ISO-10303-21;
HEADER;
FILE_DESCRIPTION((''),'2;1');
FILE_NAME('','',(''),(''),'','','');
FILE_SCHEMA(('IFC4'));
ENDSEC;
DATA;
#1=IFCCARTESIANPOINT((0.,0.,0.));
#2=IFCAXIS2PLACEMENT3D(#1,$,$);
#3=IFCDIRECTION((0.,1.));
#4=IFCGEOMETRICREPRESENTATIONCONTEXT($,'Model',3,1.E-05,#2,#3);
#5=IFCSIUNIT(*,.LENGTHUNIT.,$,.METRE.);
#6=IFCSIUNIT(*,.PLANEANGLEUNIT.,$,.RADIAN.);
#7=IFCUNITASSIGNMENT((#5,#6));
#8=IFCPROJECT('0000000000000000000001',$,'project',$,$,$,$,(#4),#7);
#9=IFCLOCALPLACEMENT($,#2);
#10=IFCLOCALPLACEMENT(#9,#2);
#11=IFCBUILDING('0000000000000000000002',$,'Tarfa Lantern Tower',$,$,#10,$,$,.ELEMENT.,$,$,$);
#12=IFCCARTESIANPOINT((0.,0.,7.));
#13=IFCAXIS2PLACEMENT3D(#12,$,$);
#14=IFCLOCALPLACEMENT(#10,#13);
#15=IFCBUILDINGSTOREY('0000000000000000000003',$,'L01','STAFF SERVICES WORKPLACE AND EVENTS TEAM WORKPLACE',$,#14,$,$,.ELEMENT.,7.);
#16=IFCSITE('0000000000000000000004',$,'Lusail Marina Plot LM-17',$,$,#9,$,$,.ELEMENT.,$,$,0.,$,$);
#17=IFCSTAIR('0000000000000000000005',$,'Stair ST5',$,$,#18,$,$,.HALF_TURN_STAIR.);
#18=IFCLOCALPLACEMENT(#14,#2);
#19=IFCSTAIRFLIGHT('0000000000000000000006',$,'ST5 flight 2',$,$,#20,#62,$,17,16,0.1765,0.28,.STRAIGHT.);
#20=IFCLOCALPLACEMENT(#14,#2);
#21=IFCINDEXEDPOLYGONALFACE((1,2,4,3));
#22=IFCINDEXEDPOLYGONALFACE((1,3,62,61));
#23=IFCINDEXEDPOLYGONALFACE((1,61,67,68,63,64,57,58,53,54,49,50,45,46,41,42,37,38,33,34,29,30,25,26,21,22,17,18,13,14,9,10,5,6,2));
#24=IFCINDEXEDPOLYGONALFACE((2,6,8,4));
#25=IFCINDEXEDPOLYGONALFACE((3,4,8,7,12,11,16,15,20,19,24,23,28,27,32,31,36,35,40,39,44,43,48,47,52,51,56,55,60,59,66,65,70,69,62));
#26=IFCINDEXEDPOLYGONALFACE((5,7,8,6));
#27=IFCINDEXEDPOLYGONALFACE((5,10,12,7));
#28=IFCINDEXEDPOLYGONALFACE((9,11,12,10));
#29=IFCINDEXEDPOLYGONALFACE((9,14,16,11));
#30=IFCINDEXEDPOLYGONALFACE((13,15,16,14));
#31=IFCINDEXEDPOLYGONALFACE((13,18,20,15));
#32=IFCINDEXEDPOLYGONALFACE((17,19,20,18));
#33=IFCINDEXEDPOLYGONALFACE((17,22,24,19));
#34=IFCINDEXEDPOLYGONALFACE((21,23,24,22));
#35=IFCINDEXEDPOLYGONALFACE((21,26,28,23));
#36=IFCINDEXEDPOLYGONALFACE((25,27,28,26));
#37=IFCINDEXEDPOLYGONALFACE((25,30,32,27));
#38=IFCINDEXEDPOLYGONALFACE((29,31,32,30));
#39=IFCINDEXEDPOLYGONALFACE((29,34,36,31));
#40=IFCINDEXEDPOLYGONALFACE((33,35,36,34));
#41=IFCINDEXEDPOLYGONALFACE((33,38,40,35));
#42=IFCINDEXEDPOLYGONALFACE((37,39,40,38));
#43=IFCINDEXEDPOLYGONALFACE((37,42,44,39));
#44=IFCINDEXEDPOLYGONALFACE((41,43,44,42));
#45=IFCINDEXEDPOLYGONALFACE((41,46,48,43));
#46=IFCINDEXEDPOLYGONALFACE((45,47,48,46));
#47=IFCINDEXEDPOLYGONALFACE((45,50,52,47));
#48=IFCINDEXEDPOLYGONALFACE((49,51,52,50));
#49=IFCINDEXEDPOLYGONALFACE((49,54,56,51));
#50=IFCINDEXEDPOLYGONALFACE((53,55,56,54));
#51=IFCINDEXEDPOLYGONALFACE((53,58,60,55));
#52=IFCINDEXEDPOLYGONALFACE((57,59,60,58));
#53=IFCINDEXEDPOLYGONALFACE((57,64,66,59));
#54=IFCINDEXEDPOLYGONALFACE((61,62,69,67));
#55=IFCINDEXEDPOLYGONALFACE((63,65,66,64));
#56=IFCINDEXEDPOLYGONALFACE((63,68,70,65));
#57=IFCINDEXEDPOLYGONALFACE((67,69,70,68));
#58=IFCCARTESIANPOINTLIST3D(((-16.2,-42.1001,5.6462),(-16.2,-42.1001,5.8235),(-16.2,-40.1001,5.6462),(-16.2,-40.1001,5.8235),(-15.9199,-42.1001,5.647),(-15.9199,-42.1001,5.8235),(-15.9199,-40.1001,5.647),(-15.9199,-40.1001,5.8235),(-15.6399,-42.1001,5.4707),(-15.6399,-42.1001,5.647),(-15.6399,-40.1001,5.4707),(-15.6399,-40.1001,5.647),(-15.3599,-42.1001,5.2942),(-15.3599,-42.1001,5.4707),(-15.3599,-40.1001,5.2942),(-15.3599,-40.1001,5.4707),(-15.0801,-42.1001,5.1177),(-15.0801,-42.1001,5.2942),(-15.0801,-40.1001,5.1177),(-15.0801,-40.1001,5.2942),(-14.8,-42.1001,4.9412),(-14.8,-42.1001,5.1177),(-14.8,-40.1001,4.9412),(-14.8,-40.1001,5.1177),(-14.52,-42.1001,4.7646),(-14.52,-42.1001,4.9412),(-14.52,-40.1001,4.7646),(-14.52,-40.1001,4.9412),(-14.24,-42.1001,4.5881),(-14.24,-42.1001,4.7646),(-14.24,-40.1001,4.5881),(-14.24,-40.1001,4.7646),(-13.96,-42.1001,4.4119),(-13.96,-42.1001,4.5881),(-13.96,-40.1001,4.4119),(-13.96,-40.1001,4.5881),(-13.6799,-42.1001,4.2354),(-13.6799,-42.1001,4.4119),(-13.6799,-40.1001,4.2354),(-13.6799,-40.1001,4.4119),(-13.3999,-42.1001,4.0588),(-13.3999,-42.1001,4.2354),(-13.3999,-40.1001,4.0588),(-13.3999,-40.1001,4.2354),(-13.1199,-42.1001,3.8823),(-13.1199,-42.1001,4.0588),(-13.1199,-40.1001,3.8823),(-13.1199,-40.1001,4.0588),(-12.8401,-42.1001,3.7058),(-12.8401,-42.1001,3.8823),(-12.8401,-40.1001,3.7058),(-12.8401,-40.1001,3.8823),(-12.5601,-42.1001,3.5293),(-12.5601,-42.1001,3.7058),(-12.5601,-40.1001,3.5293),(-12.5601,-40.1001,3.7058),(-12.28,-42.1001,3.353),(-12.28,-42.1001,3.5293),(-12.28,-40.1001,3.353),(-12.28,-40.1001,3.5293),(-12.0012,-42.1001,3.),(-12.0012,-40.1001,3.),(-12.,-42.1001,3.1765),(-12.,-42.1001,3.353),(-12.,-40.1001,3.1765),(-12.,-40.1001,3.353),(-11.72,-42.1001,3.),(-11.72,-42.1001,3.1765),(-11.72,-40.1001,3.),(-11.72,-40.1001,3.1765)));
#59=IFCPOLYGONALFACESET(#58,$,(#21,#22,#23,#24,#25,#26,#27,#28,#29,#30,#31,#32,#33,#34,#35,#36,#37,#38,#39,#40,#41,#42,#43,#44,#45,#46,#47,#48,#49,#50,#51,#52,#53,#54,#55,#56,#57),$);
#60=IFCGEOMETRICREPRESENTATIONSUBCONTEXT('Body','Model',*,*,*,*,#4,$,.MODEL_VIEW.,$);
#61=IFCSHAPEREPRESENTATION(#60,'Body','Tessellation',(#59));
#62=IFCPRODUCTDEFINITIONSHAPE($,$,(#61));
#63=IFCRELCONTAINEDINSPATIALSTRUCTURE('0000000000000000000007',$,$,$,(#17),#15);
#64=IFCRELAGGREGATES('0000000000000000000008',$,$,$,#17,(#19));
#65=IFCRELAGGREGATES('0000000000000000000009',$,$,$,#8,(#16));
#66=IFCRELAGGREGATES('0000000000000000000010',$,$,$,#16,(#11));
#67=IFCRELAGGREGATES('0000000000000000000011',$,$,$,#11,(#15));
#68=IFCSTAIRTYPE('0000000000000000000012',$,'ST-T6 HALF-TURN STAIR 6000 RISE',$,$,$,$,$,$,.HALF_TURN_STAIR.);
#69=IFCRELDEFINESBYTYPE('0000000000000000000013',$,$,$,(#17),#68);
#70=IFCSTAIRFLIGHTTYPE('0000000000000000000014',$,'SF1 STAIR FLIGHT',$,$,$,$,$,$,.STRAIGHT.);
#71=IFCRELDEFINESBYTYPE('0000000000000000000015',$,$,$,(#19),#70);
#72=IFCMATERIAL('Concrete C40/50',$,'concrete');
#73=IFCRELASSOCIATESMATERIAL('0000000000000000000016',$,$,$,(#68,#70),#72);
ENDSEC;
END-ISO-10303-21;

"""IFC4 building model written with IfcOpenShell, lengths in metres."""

from ifc_helpers import new_model, si_unit, direction, frame, origin, place, context, subcontext, project, spatial, polyline, outline, extrude, material, type_object, element, aggregate, save


model = new_model("IFC4")

# Units and contexts
model_context = context("Model", 3, precision=1e-05, world=origin(), true_north=direction((0.0, 1.0)))
body_context = subcontext(model_context, "Body", "Model", "MODEL_VIEW")
ifc_project = project(units=[si_unit("LENGTHUNIT", "METRE"), si_unit("PLANEANGLEUNIT", "RADIAN")], contexts=[model_context])

# Site, building, storey
site_placement = place(None, origin())
site = spatial("IfcSite", under=ifc_project, at=site_placement, Name="Lusail Marina Plot LM-17", CompositionType="ELEMENT", RefElevation=0.0)
building_placement = place(site_placement, origin())
building = spatial("IfcBuilding", under=site, at=building_placement, Name="Tarfa Lantern Tower", CompositionType="ELEMENT")
storey_placement = place(building_placement, frame((0.0, 0.0, 7.0)))
storey = spatial("IfcBuildingStorey", under=building, at=storey_placement, Name="L01", Description="STAFF SERVICES WORKPLACE AND EVENTS TEAM WORKPLACE", CompositionType="ELEMENT", Elevation=7.0)

# Stair, stair flight
ifc_material_1 = material(Name="Concrete C40/50", Category="concrete")
stair_type = type_object("IfcStairType", Name="ST-T6 HALF-TURN STAIR 6000 RISE", PredefinedType="HALF_TURN_STAIR", material=ifc_material_1)
stair_placement = place(storey_placement, origin())
stair = element("IfcStair", 1, at=stair_placement, inside=storey, type_object=stair_type, Name="Stair ST5", PredefinedType="HALF_TURN_STAIR")
stair_flight_type = type_object("IfcStairFlightType", Name="SF1 STAIR FLIGHT", PredefinedType="STRAIGHT", material=ifc_material_1)
stair_flight_1_placement = place(storey_placement, frame((-11.72, -41.1001, 3.0), z_axis=(0.0, 0.0, 1.0), x_axis=(-1.0, 0.0, 0.0)))
stair_flight_1 = element("IfcStairFlight", 2, at=stair_flight_1_placement, type_object=stair_flight_type, Name="ST5 flight 2", NumberOfRisers=17, NumberOfTreads=16, PredefinedType="STRAIGHT", RiserHeight=0.1765, TreadLength=0.28, context=body_context, shape_type="SweptSolid", body=[
    extrude(outline(polyline([(0.0, 0.0), (0.0, 0.1765), (0.28, 0.1765), (0.28, 0.353), (0.5601, 0.353), (0.5601, 0.5293), (0.8401, 0.5293), (0.8401, 0.7058), (1.1201, 0.7058), (1.1201, 0.8823), (1.3999, 0.8823), (1.3999, 1.0588), (1.6799, 1.0588), (1.6799, 1.2354), (1.96, 1.2354), (1.96, 1.4119), (2.24, 1.4119), (2.24, 1.5881), (2.52, 1.5881), (2.52, 1.7646), (2.8, 1.7646), (2.8, 1.9412), (3.0801, 1.9412), (3.0801, 2.1177), (3.3601, 2.1177), (3.3601, 2.2942), (3.6399, 2.2942), (3.6399, 2.4707), (3.9199, 2.4707), (3.9199, 2.647), (4.2, 2.647), (4.2, 2.8235), (4.48, 2.8235), (4.48, 3.0), (4.48, 2.6462), (0.2812, 0.0), (0.0, 0.0)])), frame((0.0, 1.0, 0.0), z_axis=(0.0, -1.0, 0.0), x_axis=(1.0, 0.0, 0.0)), (0.0, 0.0, 1.0), 2.0),
])
aggregate(stair, [stair_flight_1])

save(model, "model.ifc")
